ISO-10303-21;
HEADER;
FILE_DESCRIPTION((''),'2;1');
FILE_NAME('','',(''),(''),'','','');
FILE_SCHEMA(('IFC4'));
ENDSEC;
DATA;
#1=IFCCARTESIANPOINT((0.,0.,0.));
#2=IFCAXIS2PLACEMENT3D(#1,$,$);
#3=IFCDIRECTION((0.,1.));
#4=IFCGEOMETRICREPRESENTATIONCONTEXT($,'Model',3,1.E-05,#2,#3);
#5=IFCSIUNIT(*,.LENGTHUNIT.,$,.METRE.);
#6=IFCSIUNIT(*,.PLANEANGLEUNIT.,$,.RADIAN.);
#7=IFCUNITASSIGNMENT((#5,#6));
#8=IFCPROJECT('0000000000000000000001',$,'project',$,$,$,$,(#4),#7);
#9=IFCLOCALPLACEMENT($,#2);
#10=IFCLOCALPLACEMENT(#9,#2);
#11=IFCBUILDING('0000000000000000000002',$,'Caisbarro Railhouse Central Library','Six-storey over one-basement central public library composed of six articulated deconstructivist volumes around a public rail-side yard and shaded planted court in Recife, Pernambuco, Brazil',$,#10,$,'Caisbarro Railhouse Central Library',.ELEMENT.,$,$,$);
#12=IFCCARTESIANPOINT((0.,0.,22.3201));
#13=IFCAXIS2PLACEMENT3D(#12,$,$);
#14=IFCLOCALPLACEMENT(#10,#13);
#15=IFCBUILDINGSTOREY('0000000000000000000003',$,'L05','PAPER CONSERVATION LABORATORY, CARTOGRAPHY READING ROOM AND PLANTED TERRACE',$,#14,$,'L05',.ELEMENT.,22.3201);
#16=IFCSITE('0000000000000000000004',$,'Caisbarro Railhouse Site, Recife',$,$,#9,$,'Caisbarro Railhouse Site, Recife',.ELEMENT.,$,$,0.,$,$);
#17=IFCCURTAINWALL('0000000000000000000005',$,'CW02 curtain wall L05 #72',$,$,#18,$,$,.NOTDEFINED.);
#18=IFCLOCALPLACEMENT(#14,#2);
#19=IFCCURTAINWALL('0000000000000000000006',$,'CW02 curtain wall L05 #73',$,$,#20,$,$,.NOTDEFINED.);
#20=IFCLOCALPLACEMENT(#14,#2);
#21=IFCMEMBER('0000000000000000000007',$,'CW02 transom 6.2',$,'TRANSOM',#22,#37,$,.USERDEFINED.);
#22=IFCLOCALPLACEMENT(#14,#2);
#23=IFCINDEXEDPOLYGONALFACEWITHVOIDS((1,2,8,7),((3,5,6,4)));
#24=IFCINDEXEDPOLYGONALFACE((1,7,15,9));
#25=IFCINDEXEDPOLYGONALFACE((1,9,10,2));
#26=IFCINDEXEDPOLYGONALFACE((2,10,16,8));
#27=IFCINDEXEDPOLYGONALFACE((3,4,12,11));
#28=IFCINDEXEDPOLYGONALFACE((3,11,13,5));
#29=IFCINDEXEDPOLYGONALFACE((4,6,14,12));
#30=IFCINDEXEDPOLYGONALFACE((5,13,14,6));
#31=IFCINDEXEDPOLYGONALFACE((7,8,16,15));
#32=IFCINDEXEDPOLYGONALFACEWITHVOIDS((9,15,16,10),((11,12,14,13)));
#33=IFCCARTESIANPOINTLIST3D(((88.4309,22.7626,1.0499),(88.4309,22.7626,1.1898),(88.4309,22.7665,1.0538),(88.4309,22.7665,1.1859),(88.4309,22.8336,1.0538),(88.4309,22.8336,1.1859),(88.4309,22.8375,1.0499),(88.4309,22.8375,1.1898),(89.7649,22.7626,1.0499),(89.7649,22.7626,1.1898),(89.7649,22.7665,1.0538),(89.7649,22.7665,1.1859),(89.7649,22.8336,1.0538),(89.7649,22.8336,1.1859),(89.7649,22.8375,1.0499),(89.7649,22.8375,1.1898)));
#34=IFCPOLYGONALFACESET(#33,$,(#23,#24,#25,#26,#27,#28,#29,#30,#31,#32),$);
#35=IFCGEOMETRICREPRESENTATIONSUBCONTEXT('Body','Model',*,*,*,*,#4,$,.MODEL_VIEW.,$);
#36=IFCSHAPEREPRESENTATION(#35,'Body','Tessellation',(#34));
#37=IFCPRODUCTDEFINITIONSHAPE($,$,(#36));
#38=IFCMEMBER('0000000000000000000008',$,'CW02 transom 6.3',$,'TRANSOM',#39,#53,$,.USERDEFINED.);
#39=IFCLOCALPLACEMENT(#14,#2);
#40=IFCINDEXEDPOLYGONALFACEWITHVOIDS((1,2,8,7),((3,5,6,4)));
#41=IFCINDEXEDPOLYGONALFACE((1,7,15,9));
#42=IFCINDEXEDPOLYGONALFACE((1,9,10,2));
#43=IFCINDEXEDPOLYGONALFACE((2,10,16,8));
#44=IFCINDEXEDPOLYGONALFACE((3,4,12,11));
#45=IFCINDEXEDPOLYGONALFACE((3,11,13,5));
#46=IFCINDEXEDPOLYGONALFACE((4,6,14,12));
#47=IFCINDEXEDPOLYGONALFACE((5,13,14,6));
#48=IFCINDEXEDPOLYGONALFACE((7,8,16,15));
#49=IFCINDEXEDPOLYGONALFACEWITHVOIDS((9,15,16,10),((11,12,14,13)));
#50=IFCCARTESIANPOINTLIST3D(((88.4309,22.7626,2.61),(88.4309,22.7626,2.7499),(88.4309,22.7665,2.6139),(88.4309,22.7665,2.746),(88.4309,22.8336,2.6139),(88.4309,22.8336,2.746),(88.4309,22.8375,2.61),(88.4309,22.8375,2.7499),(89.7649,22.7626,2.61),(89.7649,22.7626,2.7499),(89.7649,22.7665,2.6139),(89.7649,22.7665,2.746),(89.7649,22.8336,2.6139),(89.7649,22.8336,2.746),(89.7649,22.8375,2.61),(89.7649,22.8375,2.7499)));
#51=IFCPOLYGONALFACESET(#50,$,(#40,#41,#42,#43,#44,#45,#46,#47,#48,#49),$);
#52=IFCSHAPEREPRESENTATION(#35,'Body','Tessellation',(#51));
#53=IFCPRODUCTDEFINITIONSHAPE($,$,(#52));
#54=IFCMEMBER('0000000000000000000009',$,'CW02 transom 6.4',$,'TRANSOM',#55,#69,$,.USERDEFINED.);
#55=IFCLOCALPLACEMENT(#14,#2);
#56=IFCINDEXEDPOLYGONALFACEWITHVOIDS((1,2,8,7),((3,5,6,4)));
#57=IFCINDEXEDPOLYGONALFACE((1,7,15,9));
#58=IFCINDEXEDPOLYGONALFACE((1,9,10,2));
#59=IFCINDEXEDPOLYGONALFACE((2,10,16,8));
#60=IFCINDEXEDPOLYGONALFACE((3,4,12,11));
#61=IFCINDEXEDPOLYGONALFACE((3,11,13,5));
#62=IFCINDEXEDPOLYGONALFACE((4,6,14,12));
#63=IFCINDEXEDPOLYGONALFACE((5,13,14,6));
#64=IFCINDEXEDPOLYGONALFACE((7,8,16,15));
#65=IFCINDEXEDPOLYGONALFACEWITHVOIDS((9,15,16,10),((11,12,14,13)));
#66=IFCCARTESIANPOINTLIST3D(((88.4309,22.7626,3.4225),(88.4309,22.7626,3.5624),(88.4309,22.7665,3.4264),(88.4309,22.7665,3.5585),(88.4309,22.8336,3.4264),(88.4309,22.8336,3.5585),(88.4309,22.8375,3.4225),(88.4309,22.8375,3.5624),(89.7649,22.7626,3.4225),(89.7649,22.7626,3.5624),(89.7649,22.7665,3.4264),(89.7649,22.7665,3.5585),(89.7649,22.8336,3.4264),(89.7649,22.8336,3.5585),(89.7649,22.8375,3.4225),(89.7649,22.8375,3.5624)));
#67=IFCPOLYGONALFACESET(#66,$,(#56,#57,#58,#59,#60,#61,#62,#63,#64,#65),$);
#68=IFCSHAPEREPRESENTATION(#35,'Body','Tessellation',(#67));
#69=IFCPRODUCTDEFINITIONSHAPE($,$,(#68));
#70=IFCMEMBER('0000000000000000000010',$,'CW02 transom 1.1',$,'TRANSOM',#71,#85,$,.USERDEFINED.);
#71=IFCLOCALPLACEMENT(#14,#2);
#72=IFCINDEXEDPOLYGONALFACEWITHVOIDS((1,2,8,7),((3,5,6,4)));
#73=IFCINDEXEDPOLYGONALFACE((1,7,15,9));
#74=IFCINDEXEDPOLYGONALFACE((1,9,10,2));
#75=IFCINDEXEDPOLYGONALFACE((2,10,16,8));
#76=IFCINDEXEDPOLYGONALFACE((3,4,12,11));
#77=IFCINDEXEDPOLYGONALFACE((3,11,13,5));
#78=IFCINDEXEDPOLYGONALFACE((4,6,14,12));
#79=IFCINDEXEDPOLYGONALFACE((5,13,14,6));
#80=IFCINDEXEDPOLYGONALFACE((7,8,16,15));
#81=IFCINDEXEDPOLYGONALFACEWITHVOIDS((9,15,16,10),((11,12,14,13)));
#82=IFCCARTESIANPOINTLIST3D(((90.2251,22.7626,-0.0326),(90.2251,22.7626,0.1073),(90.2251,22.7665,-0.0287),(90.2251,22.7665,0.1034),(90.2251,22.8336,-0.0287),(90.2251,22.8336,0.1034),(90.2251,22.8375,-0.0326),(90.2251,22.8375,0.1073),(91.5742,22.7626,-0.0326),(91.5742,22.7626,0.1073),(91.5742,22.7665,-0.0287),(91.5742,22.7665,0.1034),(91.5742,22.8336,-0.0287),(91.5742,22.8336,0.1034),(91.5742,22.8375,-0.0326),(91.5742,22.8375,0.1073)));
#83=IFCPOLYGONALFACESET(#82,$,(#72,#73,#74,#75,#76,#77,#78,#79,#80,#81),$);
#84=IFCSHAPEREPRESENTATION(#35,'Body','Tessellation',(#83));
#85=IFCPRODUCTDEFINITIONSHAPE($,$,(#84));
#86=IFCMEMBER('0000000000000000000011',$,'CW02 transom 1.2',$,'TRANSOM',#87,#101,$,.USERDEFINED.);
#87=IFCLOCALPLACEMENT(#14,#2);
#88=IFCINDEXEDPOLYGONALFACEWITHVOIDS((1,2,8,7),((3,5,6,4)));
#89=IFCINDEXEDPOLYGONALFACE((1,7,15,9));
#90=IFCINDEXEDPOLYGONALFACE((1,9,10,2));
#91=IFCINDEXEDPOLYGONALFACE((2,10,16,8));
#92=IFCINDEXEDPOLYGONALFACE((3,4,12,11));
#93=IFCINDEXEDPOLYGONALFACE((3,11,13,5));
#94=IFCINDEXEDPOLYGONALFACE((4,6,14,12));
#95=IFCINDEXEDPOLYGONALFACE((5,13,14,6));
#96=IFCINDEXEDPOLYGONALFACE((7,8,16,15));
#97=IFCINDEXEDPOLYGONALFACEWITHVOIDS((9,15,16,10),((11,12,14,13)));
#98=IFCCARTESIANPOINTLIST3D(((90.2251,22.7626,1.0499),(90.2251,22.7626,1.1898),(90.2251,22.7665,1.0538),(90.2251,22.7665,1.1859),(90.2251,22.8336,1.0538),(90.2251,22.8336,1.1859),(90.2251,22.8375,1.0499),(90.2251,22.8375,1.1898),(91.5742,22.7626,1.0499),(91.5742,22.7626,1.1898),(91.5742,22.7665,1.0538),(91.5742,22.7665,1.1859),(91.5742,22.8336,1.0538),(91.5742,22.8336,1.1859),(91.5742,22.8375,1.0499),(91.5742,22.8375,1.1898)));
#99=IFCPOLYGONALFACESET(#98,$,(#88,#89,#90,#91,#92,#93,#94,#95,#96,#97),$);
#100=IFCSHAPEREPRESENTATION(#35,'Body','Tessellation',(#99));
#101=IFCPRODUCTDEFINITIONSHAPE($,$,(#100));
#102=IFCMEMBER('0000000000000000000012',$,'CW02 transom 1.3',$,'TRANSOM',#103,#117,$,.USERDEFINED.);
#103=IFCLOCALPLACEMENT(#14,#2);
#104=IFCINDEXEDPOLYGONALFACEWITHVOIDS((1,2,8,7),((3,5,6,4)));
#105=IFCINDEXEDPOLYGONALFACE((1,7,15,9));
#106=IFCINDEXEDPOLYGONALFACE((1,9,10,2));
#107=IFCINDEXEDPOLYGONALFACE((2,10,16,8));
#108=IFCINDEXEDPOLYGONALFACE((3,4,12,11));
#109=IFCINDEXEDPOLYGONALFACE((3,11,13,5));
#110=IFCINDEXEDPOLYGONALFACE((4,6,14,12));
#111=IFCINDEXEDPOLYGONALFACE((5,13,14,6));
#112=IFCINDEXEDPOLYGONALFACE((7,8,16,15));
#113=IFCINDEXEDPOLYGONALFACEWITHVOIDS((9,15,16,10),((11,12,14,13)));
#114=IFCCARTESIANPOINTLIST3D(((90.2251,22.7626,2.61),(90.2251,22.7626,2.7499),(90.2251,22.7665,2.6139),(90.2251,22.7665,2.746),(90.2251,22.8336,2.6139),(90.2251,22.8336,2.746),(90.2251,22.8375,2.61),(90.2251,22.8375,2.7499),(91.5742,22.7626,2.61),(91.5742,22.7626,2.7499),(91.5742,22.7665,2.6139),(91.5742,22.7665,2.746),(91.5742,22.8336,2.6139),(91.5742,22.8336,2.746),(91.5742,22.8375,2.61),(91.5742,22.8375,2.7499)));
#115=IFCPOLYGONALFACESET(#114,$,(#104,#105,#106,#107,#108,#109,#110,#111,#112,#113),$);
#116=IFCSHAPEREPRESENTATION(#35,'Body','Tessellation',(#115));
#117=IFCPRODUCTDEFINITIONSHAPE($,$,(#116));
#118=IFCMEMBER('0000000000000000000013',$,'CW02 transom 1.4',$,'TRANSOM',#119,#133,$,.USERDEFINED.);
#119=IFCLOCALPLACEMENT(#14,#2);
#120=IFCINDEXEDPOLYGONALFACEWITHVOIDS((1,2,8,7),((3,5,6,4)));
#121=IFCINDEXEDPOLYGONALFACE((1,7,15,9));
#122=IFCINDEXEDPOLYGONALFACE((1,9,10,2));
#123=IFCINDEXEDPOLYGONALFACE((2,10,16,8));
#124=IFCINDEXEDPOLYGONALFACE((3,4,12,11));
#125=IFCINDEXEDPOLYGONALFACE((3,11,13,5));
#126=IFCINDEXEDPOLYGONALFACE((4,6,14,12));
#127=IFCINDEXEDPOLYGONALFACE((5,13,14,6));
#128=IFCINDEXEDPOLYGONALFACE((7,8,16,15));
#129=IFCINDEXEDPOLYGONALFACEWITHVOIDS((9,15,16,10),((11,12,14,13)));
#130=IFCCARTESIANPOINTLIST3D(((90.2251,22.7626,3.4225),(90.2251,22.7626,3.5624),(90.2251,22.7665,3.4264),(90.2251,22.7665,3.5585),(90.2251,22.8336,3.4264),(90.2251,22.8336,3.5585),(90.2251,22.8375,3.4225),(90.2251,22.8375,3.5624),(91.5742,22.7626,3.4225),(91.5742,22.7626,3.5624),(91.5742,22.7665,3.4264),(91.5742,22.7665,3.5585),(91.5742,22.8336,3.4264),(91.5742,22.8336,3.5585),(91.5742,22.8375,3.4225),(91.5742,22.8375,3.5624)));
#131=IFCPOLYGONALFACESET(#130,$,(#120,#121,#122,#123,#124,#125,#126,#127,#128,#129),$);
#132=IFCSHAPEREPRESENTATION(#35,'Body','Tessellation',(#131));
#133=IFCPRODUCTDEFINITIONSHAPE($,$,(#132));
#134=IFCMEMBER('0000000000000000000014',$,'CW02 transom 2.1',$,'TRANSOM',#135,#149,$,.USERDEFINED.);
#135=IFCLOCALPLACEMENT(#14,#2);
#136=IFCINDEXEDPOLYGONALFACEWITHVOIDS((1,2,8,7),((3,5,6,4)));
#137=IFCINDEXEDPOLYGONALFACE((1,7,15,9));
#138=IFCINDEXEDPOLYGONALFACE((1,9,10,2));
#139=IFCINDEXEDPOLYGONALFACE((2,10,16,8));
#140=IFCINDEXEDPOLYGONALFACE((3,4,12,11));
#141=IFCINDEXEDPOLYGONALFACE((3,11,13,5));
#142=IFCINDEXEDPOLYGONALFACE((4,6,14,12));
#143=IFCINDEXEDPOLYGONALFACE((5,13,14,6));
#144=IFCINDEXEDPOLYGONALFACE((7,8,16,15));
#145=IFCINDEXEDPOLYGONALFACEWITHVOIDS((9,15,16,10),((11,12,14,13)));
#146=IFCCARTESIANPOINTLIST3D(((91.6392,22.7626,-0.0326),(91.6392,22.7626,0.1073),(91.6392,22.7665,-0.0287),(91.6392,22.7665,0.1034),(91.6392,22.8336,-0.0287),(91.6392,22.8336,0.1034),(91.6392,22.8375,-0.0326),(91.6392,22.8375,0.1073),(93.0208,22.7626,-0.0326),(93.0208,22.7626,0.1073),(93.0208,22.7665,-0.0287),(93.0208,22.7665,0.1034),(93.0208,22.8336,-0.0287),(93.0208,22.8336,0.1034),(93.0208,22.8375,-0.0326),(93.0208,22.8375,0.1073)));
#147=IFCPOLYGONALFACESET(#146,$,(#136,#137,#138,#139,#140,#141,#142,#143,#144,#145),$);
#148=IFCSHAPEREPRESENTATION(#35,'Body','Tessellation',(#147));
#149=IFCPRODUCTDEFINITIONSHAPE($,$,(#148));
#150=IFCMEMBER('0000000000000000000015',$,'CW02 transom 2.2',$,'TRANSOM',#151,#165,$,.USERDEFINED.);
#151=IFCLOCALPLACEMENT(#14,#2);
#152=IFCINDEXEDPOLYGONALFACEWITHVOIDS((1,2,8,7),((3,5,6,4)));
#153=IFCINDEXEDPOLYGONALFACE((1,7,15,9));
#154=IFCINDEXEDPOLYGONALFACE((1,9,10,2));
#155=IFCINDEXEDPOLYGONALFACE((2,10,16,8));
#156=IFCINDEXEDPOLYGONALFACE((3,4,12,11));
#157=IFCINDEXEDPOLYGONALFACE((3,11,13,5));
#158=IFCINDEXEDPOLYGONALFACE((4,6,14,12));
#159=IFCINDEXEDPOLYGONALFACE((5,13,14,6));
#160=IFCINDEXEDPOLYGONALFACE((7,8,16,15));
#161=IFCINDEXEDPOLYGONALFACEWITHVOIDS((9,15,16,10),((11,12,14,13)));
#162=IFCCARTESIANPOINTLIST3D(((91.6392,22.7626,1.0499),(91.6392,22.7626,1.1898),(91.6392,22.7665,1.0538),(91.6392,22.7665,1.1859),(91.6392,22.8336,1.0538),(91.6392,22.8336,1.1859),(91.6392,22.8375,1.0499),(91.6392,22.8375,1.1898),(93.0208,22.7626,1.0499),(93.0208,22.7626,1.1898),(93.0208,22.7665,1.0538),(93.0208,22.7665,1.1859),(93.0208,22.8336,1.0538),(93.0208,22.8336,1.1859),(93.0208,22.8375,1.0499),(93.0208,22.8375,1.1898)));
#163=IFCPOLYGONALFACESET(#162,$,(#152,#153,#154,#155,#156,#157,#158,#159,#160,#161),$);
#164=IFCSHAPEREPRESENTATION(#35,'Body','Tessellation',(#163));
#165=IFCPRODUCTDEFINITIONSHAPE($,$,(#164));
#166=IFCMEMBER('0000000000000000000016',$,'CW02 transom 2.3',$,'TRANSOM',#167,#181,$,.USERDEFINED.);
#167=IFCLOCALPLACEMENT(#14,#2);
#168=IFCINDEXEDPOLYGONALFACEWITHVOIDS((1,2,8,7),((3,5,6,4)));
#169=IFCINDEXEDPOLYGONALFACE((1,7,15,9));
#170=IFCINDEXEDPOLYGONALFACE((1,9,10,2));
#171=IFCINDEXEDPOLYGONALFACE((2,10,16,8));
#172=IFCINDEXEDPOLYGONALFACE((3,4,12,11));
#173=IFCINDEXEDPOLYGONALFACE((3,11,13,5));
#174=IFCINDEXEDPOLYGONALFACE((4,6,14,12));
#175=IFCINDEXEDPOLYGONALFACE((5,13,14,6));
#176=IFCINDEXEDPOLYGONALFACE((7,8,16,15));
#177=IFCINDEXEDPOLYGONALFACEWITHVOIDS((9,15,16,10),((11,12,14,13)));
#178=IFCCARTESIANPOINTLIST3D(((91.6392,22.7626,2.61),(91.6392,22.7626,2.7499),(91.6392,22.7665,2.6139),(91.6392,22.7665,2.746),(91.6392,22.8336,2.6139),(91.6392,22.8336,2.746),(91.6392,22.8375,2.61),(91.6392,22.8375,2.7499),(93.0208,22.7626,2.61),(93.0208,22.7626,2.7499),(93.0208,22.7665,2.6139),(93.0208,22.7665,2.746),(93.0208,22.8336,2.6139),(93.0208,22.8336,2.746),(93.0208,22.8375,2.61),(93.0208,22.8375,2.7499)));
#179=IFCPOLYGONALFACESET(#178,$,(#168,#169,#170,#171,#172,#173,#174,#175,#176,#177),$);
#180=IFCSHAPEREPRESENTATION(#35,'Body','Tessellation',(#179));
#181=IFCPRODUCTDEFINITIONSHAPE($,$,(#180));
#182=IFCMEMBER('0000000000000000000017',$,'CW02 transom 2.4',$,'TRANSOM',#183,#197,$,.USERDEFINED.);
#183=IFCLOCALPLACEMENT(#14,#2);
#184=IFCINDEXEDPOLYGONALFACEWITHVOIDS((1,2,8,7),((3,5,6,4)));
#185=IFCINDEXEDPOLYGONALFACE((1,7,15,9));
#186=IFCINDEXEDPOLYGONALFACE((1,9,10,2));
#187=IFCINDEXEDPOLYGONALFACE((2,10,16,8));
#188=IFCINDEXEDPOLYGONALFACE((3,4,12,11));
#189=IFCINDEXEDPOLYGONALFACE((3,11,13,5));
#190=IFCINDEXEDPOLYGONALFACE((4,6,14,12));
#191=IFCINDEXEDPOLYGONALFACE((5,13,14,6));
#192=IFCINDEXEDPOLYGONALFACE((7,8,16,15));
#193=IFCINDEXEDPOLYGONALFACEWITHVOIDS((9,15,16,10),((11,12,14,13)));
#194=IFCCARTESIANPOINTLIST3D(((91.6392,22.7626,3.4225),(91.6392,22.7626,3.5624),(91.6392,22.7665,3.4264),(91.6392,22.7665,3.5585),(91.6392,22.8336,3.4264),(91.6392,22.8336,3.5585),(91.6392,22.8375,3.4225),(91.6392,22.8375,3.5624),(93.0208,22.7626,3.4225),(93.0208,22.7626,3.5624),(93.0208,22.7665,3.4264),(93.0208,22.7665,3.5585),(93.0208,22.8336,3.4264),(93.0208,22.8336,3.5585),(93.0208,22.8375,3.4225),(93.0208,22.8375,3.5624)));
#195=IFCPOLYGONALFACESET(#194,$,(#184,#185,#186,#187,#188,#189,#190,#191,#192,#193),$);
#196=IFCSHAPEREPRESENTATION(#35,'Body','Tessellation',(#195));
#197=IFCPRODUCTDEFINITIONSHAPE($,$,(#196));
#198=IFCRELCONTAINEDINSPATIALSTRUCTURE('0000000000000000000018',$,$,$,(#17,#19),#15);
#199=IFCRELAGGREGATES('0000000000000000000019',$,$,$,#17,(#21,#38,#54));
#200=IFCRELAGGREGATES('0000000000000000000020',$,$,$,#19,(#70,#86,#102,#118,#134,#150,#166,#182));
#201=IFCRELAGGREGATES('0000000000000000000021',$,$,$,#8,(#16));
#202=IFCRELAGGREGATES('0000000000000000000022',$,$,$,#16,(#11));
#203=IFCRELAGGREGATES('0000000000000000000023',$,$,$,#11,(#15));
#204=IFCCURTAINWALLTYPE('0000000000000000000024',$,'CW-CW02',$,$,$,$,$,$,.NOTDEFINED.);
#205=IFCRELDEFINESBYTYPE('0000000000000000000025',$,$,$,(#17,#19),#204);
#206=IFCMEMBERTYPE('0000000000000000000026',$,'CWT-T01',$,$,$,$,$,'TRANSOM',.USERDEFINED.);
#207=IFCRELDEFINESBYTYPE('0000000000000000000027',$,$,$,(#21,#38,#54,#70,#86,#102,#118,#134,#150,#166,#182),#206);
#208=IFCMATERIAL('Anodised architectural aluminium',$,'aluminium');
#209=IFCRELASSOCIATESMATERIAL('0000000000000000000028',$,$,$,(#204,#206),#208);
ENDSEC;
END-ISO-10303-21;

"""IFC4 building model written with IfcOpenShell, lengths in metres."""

from ifc_helpers import new_model, si_unit, direction, frame, origin, origin_2d, place, context, subcontext, project, spatial, hollow_rectangle, extrude, material, material_profile, profile_set, type_object, element, aggregate, save


model = new_model("IFC4")

# Units and contexts
model_context = context("Model", 3, precision=1e-05, world=origin(), true_north=direction((0.0, 1.0)))
body_context = subcontext(model_context, "Body", "Model", "MODEL_VIEW")
ifc_project = project(units=[si_unit("LENGTHUNIT", "METRE"), si_unit("PLANEANGLEUNIT", "RADIAN")], contexts=[model_context])

# Site, building, storey
site_placement = place(None, origin())
site = spatial("IfcSite", under=ifc_project, at=site_placement, Name="Caisbarro Railhouse Site, Recife", LongName="Caisbarro Railhouse Site, Recife", CompositionType="ELEMENT", RefElevation=0.0)
building_placement = place(site_placement, origin())
building = spatial("IfcBuilding", under=site, at=building_placement, Name="Caisbarro Railhouse Central Library", Description="Six-storey over one-basement central public library composed of six articulated deconstructivist volumes around a public rail-side yard and shaded planted court in Recife, Pernambuco, Brazil", LongName="Caisbarro Railhouse Central Library", CompositionType="ELEMENT")
storey_placement = place(building_placement, frame((0.0, 0.0, 22.3201)))
storey = spatial("IfcBuildingStorey", under=building, at=storey_placement, Name="L05", Description="PAPER CONSERVATION LABORATORY, CARTOGRAPHY READING ROOM AND PLANTED TERRACE", LongName="L05", CompositionType="ELEMENT", Elevation=22.3201)

# Curtain walls
ifc_material_1 = material(Name="Anodised architectural aluminium", Category="aluminium")
curtain_wall_type = type_object("IfcCurtainWallType", Name="CW-CW02", PredefinedType="NOTDEFINED", material=ifc_material_1)
curtain_wall_1_placement = place(storey_placement, origin())
curtain_wall_1 = element("IfcCurtainWall", 1, at=curtain_wall_1_placement, inside=storey, type_object=curtain_wall_type, Name="CW02 curtain wall L05 #72", PredefinedType="NOTDEFINED")
curtain_wall_2_placement = place(storey_placement, origin())
curtain_wall_2 = element("IfcCurtainWall", 2, at=curtain_wall_2_placement, inside=storey, type_object=curtain_wall_type, Name="CW02 curtain wall L05 #73", PredefinedType="NOTDEFINED")

# Members
ifc_material_profile_1 = material_profile(ifc_material_1, hollow_rectangle(XDim=0.075, YDim=0.1399, WallThickness=0.0039, at=origin_2d()), Name="ALU-TRN-75X140")
ifc_profile_set_1 = profile_set([ifc_material_profile_1], Name="Anodised architectural aluminium")
member_type_1 = type_object("IfcMemberType", Name="CWT-T01", ElementType="TRANSOM", PredefinedType="USERDEFINED", material=ifc_profile_set_1)
member_1_placement = place(storey_placement, frame((88.4309, 22.8, 1.1199), z_axis=(1.0, 0.0, 0.0), x_axis=(0.0, 1.0, 0.0)))
member_1 = element("IfcMember", 3, at=member_1_placement, type_object=member_type_1, Name="CW02 transom 6.2", ObjectType="TRANSOM", PredefinedType="USERDEFINED", context=body_context, shape_type="SweptSolid", body=[
    extrude(hollow_rectangle(XDim=0.075, YDim=0.1399, WallThickness=0.0039, at=origin_2d()), origin(), (0.0, 0.0, 1.0), 1.334),
])
member_2_placement = place(storey_placement, frame((88.4309, 22.8, 2.6799), z_axis=(1.0, 0.0, 0.0), x_axis=(0.0, 1.0, 0.0)))
member_2 = element("IfcMember", 4, at=member_2_placement, type_object=member_type_1, Name="CW02 transom 6.3", ObjectType="TRANSOM", PredefinedType="USERDEFINED", context=body_context, shape_type="SweptSolid", body=[
    extrude(hollow_rectangle(XDim=0.075, YDim=0.1399, WallThickness=0.0039, at=origin_2d()), origin(), (0.0, 0.0, 1.0), 1.334),
])
member_3_placement = place(storey_placement, frame((88.4309, 22.8, 3.4924), z_axis=(1.0, 0.0, 0.0), x_axis=(0.0, 1.0, 0.0)))
member_3 = element("IfcMember", 5, at=member_3_placement, type_object=member_type_1, Name="CW02 transom 6.4", ObjectType="TRANSOM", PredefinedType="USERDEFINED", context=body_context, shape_type="SweptSolid", body=[
    extrude(hollow_rectangle(XDim=0.075, YDim=0.1399, WallThickness=0.0039, at=origin_2d()), origin(), (0.0, 0.0, 1.0), 1.334),
])
member_4_placement = place(storey_placement, frame((90.2251, 22.8, 0.0374), z_axis=(1.0, 0.0, 0.0), x_axis=(0.0, 1.0, 0.0)))
member_4 = element("IfcMember", 6, at=member_4_placement, type_object=member_type_1, Name="CW02 transom 1.1", ObjectType="TRANSOM", PredefinedType="USERDEFINED", context=body_context, shape_type="SweptSolid", body=[
    extrude(hollow_rectangle(XDim=0.075, YDim=0.1399, WallThickness=0.0039, at=origin_2d()), origin(), (0.0, 0.0, 1.0), 1.3491),
])
member_5_placement = place(storey_placement, frame((90.2251, 22.8, 1.1199), z_axis=(1.0, 0.0, 0.0), x_axis=(0.0, 1.0, 0.0)))
member_5 = element("IfcMember", 7, at=member_5_placement, type_object=member_type_1, Name="CW02 transom 1.2", ObjectType="TRANSOM", PredefinedType="USERDEFINED", context=body_context, shape_type="SweptSolid", body=[
    extrude(hollow_rectangle(XDim=0.075, YDim=0.1399, WallThickness=0.0039, at=origin_2d()), origin(), (0.0, 0.0, 1.0), 1.3491),
])
member_6_placement = place(storey_placement, frame((90.2251, 22.8, 2.6799), z_axis=(1.0, 0.0, 0.0), x_axis=(0.0, 1.0, 0.0)))
member_6 = element("IfcMember", 8, at=member_6_placement, type_object=member_type_1, Name="CW02 transom 1.3", ObjectType="TRANSOM", PredefinedType="USERDEFINED", context=body_context, shape_type="SweptSolid", body=[
    extrude(hollow_rectangle(XDim=0.075, YDim=0.1399, WallThickness=0.0039, at=origin_2d()), origin(), (0.0, 0.0, 1.0), 1.3491),
])
member_7_placement = place(storey_placement, frame((90.2251, 22.8, 3.4924), z_axis=(1.0, 0.0, 0.0), x_axis=(0.0, 1.0, 0.0)))
member_7 = element("IfcMember", 9, at=member_7_placement, type_object=member_type_1, Name="CW02 transom 1.4", ObjectType="TRANSOM", PredefinedType="USERDEFINED", context=body_context, shape_type="SweptSolid", body=[
    extrude(hollow_rectangle(XDim=0.075, YDim=0.1399, WallThickness=0.0039, at=origin_2d()), origin(), (0.0, 0.0, 1.0), 1.3491),
])
member_8_placement = place(storey_placement, frame((91.6392, 22.8, 0.0374), z_axis=(1.0, 0.0, 0.0), x_axis=(0.0, 1.0, 0.0)))
member_8 = element("IfcMember", 10, at=member_8_placement, type_object=member_type_1, Name="CW02 transom 2.1", ObjectType="TRANSOM", PredefinedType="USERDEFINED", context=body_context, shape_type="SweptSolid", body=[
    extrude(hollow_rectangle(XDim=0.075, YDim=0.1399, WallThickness=0.0039, at=origin_2d()), origin(), (0.0, 0.0, 1.0), 1.3816),
])
member_9_placement = place(storey_placement, frame((91.6392, 22.8, 1.1199), z_axis=(1.0, 0.0, 0.0), x_axis=(0.0, 1.0, 0.0)))
member_9 = element("IfcMember", 11, at=member_9_placement, type_object=member_type_1, Name="CW02 transom 2.2", ObjectType="TRANSOM", PredefinedType="USERDEFINED", context=body_context, shape_type="SweptSolid", body=[
    extrude(hollow_rectangle(XDim=0.075, YDim=0.1399, WallThickness=0.0039, at=origin_2d()), origin(), (0.0, 0.0, 1.0), 1.3816),
])
member_10_placement = place(storey_placement, frame((91.6392, 22.8, 2.6799), z_axis=(1.0, 0.0, 0.0), x_axis=(0.0, 1.0, 0.0)))
member_10 = element("IfcMember", 12, at=member_10_placement, type_object=member_type_1, Name="CW02 transom 2.3", ObjectType="TRANSOM", PredefinedType="USERDEFINED", context=body_context, shape_type="SweptSolid", body=[
    extrude(hollow_rectangle(XDim=0.075, YDim=0.1399, WallThickness=0.0039, at=origin_2d()), origin(), (0.0, 0.0, 1.0), 1.3816),
])
member_11_placement = place(storey_placement, frame((91.6392, 22.8, 3.4924), z_axis=(1.0, 0.0, 0.0), x_axis=(0.0, 1.0, 0.0)))
member_11 = element("IfcMember", 13, at=member_11_placement, type_object=member_type_1, Name="CW02 transom 2.4", ObjectType="TRANSOM", PredefinedType="USERDEFINED", context=body_context, shape_type="SweptSolid", body=[
    extrude(hollow_rectangle(XDim=0.075, YDim=0.1399, WallThickness=0.0039, at=origin_2d()), origin(), (0.0, 0.0, 1.0), 1.3816),
])

aggregate(curtain_wall_1, [member_1, member_2, member_3])
aggregate(curtain_wall_2, [member_4, member_5, member_6, member_7, member_8, member_9, member_10, member_11])

save(model, "model.ifc")
